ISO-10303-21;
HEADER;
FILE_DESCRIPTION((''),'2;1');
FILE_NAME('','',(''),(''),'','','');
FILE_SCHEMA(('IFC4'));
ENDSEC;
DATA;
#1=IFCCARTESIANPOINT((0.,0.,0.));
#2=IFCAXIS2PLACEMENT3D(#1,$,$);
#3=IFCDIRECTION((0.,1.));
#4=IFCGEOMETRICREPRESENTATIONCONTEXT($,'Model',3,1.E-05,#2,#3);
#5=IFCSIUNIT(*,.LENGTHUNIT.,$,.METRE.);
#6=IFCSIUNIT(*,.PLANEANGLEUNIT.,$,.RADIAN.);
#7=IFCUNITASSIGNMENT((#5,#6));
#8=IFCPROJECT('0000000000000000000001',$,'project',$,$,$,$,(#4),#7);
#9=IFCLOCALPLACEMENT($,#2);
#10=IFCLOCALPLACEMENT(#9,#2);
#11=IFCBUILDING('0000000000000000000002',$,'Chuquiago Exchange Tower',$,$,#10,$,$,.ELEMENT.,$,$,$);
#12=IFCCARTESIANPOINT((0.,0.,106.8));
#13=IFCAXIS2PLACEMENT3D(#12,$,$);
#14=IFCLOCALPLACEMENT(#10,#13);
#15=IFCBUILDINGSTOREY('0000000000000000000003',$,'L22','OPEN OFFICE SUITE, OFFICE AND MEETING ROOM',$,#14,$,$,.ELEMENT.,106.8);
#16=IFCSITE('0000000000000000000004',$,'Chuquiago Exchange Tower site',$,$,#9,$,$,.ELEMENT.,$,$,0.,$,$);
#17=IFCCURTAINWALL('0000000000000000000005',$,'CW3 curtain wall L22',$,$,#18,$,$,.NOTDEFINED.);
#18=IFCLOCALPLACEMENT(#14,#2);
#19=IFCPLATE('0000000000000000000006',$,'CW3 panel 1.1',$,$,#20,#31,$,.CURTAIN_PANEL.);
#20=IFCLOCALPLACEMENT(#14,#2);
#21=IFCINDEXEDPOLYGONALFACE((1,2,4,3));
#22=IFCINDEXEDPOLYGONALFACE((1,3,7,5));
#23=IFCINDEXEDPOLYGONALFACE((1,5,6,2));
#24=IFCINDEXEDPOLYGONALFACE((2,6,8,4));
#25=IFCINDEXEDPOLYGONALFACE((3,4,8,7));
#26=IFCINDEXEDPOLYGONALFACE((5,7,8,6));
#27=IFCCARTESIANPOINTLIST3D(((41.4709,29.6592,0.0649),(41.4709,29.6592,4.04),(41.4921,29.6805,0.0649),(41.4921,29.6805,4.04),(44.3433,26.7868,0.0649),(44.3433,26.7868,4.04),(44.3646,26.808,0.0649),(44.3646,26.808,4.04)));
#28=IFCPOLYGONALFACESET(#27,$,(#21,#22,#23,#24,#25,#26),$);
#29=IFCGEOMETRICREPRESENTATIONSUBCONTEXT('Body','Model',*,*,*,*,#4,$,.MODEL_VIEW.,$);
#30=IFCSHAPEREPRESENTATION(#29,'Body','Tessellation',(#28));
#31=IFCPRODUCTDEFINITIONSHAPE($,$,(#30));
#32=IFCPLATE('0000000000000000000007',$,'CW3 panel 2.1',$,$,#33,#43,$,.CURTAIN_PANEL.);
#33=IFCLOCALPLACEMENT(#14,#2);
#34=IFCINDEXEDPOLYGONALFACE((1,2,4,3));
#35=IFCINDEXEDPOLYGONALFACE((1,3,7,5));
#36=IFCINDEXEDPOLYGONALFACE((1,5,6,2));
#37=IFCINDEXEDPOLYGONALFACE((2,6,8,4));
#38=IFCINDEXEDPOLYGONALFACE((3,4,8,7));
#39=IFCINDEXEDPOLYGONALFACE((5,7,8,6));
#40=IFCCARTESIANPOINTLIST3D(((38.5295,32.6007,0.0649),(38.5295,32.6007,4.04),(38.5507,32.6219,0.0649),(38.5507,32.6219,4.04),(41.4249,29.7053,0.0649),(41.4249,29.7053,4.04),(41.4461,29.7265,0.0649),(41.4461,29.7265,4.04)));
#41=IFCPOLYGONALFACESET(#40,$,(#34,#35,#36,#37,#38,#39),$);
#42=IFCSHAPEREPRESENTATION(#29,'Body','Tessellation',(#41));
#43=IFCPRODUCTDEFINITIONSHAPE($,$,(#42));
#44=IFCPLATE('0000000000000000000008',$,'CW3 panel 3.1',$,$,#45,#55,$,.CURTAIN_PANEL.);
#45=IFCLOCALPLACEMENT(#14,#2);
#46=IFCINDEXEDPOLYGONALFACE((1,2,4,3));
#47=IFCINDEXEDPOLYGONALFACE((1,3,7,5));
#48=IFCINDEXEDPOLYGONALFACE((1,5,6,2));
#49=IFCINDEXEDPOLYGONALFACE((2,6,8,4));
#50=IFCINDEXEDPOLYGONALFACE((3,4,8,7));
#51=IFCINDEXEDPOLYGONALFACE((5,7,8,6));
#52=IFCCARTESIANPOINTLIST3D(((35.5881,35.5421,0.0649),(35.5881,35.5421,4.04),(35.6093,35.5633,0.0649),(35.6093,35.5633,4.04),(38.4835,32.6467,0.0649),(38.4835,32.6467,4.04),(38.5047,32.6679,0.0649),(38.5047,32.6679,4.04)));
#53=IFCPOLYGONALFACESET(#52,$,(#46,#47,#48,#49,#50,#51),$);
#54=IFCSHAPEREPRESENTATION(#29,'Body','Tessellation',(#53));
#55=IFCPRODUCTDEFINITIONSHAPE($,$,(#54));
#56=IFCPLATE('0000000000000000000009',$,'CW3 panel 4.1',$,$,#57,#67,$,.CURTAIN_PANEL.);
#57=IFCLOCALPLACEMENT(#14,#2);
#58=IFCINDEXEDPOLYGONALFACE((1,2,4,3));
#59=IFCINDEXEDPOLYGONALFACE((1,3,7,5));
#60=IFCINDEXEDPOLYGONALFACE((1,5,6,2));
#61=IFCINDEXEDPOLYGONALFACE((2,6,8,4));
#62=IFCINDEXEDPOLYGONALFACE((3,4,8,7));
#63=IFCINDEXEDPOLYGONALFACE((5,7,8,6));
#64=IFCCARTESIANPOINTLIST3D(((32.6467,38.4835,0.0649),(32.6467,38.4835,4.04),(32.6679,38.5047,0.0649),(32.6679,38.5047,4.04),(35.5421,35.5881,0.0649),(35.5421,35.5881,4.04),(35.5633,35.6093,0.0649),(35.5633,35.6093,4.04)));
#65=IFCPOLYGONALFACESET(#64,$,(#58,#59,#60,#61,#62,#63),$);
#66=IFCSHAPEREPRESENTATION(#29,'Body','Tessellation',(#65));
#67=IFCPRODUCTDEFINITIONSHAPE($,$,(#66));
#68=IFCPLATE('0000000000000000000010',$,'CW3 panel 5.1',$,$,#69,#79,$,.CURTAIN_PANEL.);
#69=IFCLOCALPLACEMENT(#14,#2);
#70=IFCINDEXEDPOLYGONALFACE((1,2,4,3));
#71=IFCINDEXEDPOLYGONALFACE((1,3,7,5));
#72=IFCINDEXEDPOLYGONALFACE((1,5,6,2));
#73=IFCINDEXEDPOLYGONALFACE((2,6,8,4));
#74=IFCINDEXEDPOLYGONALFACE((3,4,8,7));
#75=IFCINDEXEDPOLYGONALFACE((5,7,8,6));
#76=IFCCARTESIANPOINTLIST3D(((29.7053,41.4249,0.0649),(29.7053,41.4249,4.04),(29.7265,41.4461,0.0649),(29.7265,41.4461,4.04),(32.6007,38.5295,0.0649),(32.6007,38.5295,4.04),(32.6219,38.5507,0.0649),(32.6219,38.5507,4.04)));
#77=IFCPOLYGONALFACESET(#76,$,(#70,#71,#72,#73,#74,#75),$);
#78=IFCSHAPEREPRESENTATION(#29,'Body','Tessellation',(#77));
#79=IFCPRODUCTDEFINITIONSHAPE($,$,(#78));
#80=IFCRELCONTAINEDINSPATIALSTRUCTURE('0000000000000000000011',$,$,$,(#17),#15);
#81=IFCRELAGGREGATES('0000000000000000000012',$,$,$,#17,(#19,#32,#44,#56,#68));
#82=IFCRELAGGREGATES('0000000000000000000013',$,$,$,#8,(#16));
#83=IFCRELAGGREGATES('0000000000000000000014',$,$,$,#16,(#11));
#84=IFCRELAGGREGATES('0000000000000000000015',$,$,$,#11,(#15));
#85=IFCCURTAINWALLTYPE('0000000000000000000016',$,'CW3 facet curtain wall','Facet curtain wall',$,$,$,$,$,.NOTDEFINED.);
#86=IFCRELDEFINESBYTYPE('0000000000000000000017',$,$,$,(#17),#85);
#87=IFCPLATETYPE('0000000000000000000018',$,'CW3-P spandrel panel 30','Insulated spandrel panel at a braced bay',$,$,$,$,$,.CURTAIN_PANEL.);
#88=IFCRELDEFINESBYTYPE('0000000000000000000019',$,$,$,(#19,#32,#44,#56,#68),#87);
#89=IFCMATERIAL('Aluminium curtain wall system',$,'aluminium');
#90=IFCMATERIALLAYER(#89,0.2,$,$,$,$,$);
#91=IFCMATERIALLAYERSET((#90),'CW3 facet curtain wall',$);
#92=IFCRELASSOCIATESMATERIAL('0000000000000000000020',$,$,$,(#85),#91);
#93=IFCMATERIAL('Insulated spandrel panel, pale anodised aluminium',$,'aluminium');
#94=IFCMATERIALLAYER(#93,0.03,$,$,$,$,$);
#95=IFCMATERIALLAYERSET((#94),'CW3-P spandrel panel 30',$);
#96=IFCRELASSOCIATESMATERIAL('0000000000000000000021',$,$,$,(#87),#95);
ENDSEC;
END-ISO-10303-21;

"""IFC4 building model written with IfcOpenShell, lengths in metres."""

from ifc_helpers import new_model, si_unit, direction, frame, origin, origin_2d, place, context, subcontext, project, spatial, rectangle, extrude, material, layer, layer_set, type_object, element, aggregate, save


model = new_model("IFC4")

# Units and contexts
model_context = context("Model", 3, precision=1e-05, world=origin(), true_north=direction((0.0, 1.0)))
body_context = subcontext(model_context, "Body", "Model", "MODEL_VIEW")
ifc_project = project(units=[si_unit("LENGTHUNIT", "METRE"), si_unit("PLANEANGLEUNIT", "RADIAN")], contexts=[model_context])

# Site, building, storey
site_placement = place(None, origin())
site = spatial("IfcSite", under=ifc_project, at=site_placement, Name="Chuquiago Exchange Tower site", CompositionType="ELEMENT", RefElevation=0.0)
building_placement = place(site_placement, origin())
building = spatial("IfcBuilding", under=site, at=building_placement, Name="Chuquiago Exchange Tower", CompositionType="ELEMENT")
storey_placement = place(building_placement, frame((0.0, 0.0, 106.8)))
storey = spatial("IfcBuildingStorey", under=building, at=storey_placement, Name="L22", Description="OPEN OFFICE SUITE, OFFICE AND MEETING ROOM", CompositionType="ELEMENT", Elevation=106.8)

# Curtain wall
ifc_material_1 = material(Name="Aluminium curtain wall system", Category="aluminium")
ifc_layer_1 = layer(ifc_material_1, 0.2)
ifc_layer_set_1 = layer_set([ifc_layer_1], Name="CW3 facet curtain wall")
curtain_wall_type = type_object("IfcCurtainWallType", Name="CW3 facet curtain wall", Description="Facet curtain wall", PredefinedType="NOTDEFINED", material=ifc_layer_set_1)
curtain_wall_placement = place(storey_placement, origin())
curtain_wall = element("IfcCurtainWall", 1, at=curtain_wall_placement, inside=storey, type_object=curtain_wall_type, Name="CW3 curtain wall L22", PredefinedType="NOTDEFINED")

# Plates
ifc_material_2 = material(Name="Insulated spandrel panel, pale anodised aluminium", Category="aluminium")
ifc_layer_2 = layer(ifc_material_2, 0.03)
ifc_layer_set_2 = layer_set([ifc_layer_2], Name="CW3-P spandrel panel 30")
plate_type = type_object("IfcPlateType", Name="CW3-P spandrel panel 30", Description="Insulated spandrel panel at a braced bay", PredefinedType="CURTAIN_PANEL", material=ifc_layer_set_2)
plate_1_placement = place(storey_placement, frame((42.9177, 28.2336, 0.0649), z_axis=(0.0, 0.0, 1.0), x_axis=(-0.707107, 0.707107, 0.0)))
plate_1 = element("IfcPlate", 2, at=plate_1_placement, type_object=plate_type, Name="CW3 panel 1.1", PredefinedType="CURTAIN_PANEL", context=body_context, shape_type="SweptSolid", body=[
    extrude(rectangle(XDim=4.0623, YDim=0.03, at=origin_2d()), origin(), (0.0, 0.0, 1.0), 3.9751),
])
plate_2_placement = place(storey_placement, frame((39.9878, 31.1636, 0.0649), z_axis=(0.0, 0.0, 1.0), x_axis=(-0.707107, 0.707107, 0.0)))
plate_2 = element("IfcPlate", 3, at=plate_2_placement, type_object=plate_type, Name="CW3 panel 2.1", PredefinedType="CURTAIN_PANEL", context=body_context, shape_type="SweptSolid", body=[
    extrude(rectangle(XDim=4.0947, YDim=0.03, at=origin_2d()), origin(), (0.0, 0.0, 1.0), 3.9751),
])
plate_3_placement = place(storey_placement, frame((37.0464, 34.105, 0.0649), z_axis=(0.0, 0.0, 1.0), x_axis=(-0.707107, 0.707107, 0.0)))
plate_3 = element("IfcPlate", 4, at=plate_3_placement, type_object=plate_type, Name="CW3 panel 3.1", PredefinedType="CURTAIN_PANEL", context=body_context, shape_type="SweptSolid", body=[
    extrude(rectangle(XDim=4.0947, YDim=0.03, at=origin_2d()), origin(), (0.0, 0.0, 1.0), 3.9751),
])
plate_4_placement = place(storey_placement, frame((34.105, 37.0464, 0.0649), z_axis=(0.0, 0.0, 1.0), x_axis=(-0.707107, 0.707107, 0.0)))
plate_4 = element("IfcPlate", 5, at=plate_4_placement, type_object=plate_type, Name="CW3 panel 4.1", PredefinedType="CURTAIN_PANEL", context=body_context, shape_type="SweptSolid", body=[
    extrude(rectangle(XDim=4.0947, YDim=0.03, at=origin_2d()), origin(), (0.0, 0.0, 1.0), 3.9751),
])
plate_5_placement = place(storey_placement, frame((31.1636, 39.9878, 0.0649), z_axis=(0.0, 0.0, 1.0), x_axis=(-0.707107, 0.707107, 0.0)))
plate_5 = element("IfcPlate", 6, at=plate_5_placement, type_object=plate_type, Name="CW3 panel 5.1", PredefinedType="CURTAIN_PANEL", context=body_context, shape_type="SweptSolid", body=[
    extrude(rectangle(XDim=4.0947, YDim=0.03, at=origin_2d()), origin(), (0.0, 0.0, 1.0), 3.9751),
])
aggregate(curtain_wall, [plate_1, plate_2, plate_3, plate_4, plate_5])

save(model, "model.ifc")
